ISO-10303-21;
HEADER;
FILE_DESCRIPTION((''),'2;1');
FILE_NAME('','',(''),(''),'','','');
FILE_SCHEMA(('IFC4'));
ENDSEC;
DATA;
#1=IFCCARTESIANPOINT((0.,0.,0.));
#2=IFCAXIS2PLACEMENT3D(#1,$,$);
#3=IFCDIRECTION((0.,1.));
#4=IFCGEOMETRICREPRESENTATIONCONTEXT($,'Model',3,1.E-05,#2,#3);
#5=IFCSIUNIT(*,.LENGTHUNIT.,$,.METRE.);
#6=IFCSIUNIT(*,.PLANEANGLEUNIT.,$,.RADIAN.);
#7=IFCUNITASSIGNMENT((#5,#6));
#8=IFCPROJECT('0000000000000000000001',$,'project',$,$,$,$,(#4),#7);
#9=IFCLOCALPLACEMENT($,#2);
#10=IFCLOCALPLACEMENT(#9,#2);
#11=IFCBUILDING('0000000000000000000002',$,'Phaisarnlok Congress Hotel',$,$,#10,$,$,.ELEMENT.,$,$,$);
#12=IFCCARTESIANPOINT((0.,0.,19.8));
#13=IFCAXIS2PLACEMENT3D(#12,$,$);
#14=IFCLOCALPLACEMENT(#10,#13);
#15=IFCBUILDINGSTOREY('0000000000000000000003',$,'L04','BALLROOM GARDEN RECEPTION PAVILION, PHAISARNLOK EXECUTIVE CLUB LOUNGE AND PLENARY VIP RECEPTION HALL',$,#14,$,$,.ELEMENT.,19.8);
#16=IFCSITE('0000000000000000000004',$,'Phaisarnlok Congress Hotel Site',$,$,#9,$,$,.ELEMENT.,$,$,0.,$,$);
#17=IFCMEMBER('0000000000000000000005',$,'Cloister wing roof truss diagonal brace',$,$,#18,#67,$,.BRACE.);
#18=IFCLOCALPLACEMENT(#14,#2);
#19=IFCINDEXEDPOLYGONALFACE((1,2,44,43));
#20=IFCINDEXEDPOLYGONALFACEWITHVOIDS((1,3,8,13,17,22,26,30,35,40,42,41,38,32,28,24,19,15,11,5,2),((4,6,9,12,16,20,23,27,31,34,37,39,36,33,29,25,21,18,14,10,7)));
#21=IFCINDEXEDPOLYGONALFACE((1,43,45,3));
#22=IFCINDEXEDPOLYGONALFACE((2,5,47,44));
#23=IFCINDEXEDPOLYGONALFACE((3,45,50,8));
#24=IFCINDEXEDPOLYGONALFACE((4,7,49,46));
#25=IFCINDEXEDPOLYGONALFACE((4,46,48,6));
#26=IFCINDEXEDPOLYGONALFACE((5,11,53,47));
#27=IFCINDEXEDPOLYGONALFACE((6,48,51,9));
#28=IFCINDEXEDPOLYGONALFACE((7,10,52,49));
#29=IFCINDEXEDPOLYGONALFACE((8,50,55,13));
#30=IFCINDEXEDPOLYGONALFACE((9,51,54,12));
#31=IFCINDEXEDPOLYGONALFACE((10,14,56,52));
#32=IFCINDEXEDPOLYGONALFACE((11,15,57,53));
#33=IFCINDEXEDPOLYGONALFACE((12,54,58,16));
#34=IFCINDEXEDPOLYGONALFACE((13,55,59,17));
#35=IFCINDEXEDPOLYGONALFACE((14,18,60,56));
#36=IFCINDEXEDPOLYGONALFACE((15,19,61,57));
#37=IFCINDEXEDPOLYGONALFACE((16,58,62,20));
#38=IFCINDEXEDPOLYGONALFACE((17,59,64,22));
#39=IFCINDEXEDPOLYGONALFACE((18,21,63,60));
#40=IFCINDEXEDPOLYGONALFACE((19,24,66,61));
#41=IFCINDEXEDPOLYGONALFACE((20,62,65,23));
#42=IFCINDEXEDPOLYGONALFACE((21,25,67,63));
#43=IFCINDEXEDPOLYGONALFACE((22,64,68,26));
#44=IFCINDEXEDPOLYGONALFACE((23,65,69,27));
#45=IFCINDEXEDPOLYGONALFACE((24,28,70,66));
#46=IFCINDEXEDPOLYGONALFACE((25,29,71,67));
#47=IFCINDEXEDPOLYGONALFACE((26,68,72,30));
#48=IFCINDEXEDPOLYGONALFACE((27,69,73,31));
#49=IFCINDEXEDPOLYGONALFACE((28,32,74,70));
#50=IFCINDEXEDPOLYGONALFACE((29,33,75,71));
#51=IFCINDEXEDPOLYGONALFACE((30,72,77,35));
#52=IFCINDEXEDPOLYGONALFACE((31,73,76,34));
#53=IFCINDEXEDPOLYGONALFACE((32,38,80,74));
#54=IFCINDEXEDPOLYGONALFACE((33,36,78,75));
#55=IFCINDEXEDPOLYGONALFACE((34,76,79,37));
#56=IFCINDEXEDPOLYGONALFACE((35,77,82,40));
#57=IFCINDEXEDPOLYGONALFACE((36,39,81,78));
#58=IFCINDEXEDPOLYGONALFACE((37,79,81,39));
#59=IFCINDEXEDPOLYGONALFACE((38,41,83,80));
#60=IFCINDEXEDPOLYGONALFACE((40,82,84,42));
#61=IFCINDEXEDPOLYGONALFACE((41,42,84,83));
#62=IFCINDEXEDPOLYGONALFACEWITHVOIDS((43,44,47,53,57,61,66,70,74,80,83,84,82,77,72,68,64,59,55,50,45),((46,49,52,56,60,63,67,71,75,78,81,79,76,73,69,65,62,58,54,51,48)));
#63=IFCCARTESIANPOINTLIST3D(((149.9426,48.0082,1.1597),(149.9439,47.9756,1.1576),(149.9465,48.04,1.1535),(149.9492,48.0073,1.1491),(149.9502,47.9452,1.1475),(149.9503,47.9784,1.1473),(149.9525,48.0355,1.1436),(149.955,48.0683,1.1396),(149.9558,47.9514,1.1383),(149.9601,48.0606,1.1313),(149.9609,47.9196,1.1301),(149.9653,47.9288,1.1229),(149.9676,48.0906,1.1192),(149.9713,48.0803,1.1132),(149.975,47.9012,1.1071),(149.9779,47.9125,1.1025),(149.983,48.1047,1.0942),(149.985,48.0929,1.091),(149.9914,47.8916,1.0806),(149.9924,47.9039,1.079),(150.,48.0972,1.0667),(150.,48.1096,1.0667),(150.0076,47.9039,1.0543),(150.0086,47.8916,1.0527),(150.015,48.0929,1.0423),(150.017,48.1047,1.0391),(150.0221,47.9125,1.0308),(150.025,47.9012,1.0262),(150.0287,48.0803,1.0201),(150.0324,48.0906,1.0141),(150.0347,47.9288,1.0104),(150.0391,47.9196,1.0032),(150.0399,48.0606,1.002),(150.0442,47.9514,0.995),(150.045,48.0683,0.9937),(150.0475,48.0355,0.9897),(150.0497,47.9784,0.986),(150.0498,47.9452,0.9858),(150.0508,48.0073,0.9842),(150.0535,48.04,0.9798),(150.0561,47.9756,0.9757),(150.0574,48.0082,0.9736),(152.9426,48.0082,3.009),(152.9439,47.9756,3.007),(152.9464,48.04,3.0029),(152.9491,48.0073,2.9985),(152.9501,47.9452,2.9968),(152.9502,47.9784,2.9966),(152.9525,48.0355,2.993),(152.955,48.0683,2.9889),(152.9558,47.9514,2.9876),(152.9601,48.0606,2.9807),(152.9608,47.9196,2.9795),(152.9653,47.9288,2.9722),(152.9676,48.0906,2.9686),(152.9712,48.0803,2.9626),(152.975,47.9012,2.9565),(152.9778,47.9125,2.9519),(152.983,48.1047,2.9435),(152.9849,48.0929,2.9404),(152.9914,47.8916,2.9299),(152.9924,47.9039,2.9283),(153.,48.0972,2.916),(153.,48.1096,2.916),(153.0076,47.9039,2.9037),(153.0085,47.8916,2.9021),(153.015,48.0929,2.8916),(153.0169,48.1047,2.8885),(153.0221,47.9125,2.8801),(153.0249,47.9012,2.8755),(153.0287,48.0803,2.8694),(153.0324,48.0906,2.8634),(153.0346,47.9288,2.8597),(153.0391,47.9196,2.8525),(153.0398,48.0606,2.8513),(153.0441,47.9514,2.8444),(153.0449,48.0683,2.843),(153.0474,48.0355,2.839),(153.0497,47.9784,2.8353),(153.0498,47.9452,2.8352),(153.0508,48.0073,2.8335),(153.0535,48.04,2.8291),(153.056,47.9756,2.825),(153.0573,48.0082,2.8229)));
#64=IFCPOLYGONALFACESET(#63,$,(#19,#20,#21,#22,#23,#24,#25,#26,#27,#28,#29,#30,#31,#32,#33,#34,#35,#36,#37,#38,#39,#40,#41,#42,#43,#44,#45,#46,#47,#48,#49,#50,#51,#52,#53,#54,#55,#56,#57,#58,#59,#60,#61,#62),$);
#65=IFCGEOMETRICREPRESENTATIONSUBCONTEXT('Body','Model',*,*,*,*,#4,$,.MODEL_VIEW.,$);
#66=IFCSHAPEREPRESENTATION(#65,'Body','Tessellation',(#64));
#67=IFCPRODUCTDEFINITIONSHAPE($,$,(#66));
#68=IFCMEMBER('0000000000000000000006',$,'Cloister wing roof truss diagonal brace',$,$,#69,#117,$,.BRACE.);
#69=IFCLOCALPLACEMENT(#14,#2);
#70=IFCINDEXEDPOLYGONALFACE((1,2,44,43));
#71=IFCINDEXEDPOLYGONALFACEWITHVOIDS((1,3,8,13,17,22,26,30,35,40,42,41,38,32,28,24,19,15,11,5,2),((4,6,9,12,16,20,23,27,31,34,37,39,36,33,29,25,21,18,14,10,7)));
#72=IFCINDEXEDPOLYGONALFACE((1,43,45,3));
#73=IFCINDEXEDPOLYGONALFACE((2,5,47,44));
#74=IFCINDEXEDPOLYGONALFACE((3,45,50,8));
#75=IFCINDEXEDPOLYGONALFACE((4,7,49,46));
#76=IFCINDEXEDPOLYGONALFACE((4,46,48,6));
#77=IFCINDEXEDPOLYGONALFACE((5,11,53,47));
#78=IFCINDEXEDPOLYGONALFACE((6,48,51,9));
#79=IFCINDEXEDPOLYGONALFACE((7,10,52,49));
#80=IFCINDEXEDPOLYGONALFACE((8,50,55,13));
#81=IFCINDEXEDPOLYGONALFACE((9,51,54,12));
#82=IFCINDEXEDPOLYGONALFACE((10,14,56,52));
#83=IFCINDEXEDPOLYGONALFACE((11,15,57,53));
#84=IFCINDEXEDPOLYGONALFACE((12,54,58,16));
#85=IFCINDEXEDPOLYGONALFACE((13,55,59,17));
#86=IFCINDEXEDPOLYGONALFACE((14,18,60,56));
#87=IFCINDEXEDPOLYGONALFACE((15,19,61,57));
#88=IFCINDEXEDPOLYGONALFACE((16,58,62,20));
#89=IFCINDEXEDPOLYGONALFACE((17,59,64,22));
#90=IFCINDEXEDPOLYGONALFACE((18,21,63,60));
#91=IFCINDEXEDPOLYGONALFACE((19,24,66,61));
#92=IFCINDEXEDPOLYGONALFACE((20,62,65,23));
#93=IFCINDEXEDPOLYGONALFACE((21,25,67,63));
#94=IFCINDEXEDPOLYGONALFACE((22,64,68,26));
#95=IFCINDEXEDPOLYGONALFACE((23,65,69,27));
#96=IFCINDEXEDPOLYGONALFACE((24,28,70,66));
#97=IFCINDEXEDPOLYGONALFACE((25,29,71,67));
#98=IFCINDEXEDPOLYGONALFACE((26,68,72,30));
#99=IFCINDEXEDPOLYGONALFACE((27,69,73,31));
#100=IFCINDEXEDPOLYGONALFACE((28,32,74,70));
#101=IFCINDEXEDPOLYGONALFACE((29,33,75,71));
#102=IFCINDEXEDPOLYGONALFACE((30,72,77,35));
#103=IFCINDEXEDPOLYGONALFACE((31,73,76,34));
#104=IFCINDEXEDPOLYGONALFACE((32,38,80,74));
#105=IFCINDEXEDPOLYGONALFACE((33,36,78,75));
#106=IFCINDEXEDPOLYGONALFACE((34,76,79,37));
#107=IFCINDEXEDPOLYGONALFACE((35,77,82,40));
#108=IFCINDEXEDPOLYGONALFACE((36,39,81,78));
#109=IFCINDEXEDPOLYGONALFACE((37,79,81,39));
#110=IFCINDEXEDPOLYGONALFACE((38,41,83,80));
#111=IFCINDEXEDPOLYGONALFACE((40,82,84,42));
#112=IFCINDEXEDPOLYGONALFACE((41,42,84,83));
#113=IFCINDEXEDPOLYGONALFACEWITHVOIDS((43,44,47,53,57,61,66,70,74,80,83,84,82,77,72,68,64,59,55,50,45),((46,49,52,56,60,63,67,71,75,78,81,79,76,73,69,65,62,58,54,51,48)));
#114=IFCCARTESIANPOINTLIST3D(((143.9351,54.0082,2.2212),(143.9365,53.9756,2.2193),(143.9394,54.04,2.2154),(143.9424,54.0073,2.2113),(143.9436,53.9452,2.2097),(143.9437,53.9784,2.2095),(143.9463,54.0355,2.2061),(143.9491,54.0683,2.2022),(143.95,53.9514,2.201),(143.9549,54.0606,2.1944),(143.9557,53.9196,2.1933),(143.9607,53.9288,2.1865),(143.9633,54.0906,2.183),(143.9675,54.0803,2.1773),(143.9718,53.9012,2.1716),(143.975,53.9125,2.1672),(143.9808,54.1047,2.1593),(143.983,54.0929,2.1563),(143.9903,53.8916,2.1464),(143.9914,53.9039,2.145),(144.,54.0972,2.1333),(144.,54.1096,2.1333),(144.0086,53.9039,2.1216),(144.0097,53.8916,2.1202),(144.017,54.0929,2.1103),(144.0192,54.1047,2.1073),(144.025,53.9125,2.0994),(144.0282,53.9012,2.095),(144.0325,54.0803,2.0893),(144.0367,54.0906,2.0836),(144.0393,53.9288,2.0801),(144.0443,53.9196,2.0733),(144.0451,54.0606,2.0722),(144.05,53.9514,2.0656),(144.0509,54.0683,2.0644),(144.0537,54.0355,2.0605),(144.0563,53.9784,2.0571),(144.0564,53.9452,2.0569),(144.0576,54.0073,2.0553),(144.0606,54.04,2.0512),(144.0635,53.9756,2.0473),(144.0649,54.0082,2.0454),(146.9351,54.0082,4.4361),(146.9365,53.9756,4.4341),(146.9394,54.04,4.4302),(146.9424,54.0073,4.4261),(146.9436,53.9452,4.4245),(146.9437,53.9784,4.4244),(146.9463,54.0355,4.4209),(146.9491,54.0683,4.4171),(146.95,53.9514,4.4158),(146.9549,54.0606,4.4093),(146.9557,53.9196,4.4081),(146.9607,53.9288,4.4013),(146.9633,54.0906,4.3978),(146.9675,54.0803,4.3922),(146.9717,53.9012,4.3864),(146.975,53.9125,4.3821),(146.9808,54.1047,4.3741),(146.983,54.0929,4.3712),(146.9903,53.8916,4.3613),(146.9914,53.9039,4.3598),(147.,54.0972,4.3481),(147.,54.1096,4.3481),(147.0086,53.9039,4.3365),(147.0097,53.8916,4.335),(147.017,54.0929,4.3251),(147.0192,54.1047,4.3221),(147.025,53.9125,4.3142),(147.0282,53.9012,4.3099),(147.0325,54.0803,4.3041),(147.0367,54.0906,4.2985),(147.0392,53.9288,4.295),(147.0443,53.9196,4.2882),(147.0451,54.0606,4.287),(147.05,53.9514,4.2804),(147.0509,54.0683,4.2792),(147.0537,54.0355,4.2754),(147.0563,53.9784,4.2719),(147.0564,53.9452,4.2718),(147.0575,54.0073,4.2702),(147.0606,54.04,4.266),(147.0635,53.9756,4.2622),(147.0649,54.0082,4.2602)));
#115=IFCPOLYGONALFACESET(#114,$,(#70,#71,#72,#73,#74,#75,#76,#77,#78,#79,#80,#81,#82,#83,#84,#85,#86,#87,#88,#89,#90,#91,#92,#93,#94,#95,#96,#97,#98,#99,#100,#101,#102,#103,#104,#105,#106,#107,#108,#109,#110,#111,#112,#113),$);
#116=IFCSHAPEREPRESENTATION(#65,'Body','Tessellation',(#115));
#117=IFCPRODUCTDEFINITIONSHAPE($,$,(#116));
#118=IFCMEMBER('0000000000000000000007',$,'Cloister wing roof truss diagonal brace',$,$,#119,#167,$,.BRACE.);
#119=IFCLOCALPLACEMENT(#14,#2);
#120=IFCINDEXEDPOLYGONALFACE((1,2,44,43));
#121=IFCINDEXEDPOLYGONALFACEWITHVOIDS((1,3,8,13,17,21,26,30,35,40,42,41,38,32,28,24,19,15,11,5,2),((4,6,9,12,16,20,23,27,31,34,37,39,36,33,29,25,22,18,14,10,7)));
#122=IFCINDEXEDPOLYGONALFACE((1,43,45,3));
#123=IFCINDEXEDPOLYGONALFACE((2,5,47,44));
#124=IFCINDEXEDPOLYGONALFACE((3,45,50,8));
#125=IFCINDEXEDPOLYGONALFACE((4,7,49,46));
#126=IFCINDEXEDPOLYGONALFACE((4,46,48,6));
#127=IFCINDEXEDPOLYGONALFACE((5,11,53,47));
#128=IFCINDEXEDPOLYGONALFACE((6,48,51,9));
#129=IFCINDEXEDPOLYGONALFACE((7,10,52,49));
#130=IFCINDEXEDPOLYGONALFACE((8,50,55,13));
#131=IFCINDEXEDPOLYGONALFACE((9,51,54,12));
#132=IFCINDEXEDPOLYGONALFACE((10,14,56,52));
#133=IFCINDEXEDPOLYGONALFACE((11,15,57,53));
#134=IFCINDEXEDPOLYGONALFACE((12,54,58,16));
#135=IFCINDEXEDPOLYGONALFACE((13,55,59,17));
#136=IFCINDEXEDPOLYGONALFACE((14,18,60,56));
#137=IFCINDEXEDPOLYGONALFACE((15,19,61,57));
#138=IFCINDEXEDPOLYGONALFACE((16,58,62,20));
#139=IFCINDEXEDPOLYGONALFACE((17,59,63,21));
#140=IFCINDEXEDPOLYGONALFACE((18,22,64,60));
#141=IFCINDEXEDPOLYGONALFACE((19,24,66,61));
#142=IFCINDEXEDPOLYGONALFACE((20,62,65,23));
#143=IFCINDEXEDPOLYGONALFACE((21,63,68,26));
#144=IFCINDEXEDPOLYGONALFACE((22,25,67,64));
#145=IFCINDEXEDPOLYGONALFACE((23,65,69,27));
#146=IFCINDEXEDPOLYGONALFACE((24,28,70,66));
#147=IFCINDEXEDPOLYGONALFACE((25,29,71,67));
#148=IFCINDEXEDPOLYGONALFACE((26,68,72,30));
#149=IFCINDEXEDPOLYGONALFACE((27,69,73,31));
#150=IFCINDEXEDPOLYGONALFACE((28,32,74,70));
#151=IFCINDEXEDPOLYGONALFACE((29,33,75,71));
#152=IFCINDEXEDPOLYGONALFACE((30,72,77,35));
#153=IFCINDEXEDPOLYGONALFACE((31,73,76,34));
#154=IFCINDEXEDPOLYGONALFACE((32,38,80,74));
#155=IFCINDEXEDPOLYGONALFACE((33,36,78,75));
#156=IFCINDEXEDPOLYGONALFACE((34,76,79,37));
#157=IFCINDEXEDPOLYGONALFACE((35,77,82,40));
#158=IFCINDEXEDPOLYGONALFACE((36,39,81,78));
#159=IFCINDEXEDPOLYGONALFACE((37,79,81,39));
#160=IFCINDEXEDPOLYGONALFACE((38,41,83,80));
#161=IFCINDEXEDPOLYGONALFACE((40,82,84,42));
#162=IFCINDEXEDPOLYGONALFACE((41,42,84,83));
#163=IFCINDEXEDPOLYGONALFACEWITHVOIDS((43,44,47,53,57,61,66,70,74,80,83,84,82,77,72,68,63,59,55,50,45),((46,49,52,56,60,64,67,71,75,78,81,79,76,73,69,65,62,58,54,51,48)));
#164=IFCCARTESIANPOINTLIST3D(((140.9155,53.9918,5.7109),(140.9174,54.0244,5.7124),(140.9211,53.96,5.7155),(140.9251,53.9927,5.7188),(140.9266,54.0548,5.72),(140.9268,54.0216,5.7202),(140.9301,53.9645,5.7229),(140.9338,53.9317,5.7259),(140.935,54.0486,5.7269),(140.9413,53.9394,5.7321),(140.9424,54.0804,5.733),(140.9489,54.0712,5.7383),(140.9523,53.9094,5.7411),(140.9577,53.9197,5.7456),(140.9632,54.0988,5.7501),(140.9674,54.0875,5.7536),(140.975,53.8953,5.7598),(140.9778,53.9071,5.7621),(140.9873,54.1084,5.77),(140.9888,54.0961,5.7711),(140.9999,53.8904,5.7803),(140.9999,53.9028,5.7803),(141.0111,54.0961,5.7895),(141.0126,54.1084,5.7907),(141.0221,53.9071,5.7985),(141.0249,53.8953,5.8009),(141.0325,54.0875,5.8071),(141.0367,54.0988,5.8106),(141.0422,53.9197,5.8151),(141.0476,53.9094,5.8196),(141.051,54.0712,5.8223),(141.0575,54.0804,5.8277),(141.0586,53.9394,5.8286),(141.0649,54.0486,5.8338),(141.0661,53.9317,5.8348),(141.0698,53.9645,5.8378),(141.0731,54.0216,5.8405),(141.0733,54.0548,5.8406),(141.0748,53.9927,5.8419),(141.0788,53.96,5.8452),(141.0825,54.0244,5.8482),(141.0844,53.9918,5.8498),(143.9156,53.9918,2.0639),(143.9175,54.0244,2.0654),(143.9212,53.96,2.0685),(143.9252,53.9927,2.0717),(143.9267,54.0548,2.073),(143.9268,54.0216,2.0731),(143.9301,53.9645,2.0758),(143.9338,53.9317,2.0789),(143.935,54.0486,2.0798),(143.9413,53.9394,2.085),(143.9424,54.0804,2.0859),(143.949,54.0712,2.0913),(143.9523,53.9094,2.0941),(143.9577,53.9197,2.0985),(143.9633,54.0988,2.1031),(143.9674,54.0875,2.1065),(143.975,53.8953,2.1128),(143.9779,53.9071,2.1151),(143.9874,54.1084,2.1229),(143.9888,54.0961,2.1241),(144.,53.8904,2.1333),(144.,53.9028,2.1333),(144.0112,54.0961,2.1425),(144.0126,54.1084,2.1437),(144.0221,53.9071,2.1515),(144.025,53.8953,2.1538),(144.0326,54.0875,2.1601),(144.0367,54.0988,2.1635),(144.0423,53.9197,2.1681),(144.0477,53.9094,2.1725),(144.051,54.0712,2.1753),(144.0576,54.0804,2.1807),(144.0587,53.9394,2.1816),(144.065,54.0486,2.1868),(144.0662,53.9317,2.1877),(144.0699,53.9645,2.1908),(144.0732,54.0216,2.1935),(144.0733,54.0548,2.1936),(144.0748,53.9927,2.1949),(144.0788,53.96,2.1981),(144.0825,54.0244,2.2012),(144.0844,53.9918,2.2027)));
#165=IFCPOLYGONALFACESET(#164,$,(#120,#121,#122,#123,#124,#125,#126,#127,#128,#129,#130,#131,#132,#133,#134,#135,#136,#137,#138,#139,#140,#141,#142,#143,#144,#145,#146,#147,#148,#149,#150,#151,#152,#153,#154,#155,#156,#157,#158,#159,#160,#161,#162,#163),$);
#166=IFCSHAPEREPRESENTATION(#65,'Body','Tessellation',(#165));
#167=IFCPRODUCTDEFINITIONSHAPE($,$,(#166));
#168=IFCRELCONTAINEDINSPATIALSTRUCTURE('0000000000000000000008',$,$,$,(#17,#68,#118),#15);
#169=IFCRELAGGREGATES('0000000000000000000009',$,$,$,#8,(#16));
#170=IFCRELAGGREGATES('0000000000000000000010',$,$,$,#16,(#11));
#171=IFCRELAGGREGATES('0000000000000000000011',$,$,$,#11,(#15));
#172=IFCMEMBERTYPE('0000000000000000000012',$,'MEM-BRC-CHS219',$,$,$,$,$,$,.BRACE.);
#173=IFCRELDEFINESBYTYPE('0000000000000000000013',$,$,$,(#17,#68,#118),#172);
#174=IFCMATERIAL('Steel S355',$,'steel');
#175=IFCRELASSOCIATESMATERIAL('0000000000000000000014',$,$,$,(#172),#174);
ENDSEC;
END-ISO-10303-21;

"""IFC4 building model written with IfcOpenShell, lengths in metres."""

from ifc_helpers import new_model, si_unit, direction, frame, origin, origin_2d, place, context, subcontext, project, spatial, hollow_circle, extrude, material, material_profile, profile_set, type_object, element, save


model = new_model("IFC4")

# Units and contexts
model_context = context("Model", 3, precision=1e-05, world=origin(), true_north=direction((0.0, 1.0)))
body_context = subcontext(model_context, "Body", "Model", "MODEL_VIEW")
ifc_project = project(units=[si_unit("LENGTHUNIT", "METRE"), si_unit("PLANEANGLEUNIT", "RADIAN")], contexts=[model_context])

# Site, building, storey
site_placement = place(None, origin())
site = spatial("IfcSite", under=ifc_project, at=site_placement, Name="Phaisarnlok Congress Hotel Site", CompositionType="ELEMENT", RefElevation=0.0)
building_placement = place(site_placement, origin())
building = spatial("IfcBuilding", under=site, at=building_placement, Name="Phaisarnlok Congress Hotel", CompositionType="ELEMENT")
storey_placement = place(building_placement, frame((0.0, 0.0, 19.8)))
storey = spatial("IfcBuildingStorey", under=building, at=storey_placement, Name="L04", Description="BALLROOM GARDEN RECEPTION PAVILION, PHAISARNLOK EXECUTIVE CLUB LOUNGE AND PLENARY VIP RECEPTION HALL", CompositionType="ELEMENT", Elevation=19.8)

# Shared definitions
ifc_material = material(Name="Steel S355", Category="steel")

# Members
ifc_material_profile_1 = material_profile(ifc_material, hollow_circle(Radius=0.1096, WallThickness=0.0125, at=origin_2d()), Name="CHS 219.1x12.5")
ifc_profile_set_1 = profile_set([ifc_material_profile_1], Name="Steel S355")
member_type_1 = type_object("IfcMemberType", Name="MEM-BRC-CHS219", PredefinedType="BRACE", material=ifc_profile_set_1)
member_1_placement = place(storey_placement, frame((150.0, 48.0, 1.0667), z_axis=(0.851251, 0.0, 0.524758), x_axis=(0.0, 1.0, 0.0)))
element("IfcMember", 1, at=member_1_placement, inside=storey, type_object=member_type_1, Name="Cloister wing roof truss diagonal brace", PredefinedType="BRACE", context=body_context, shape_type="SweptSolid", body=[
    extrude(hollow_circle(Radius=0.1096, WallThickness=0.0125, at=origin_2d()), origin(), (0.0, 0.0, 1.0), 3.5242),
])
member_2_placement = place(storey_placement, frame((144.0, 54.0, 2.1333), z_axis=(0.804503, 0.0, 0.593949), x_axis=(0.0, 1.0, 0.0)))
element("IfcMember", 2, at=member_2_placement, inside=storey, type_object=member_type_1, Name="Cloister wing roof truss diagonal brace", PredefinedType="BRACE", context=body_context, shape_type="SweptSolid", body=[
    extrude(hollow_circle(Radius=0.1096, WallThickness=0.0125, at=origin_2d()), origin(), (0.0, 0.0, 1.0), 3.729),
])
member_3_placement = place(storey_placement, frame((144.0, 54.0, 2.1333), z_axis=(-0.635279, 0.0, 0.772282), x_axis=(0.0, -1.0, 0.0)))
element("IfcMember", 3, at=member_3_placement, inside=storey, type_object=member_type_1, Name="Cloister wing roof truss diagonal brace", PredefinedType="BRACE", context=body_context, shape_type="SweptSolid", body=[
    extrude(hollow_circle(Radius=0.1096, WallThickness=0.0125, at=origin_2d()), origin(), (0.0, 0.0, 1.0), 4.7224),
])

save(model, "model.ifc")
